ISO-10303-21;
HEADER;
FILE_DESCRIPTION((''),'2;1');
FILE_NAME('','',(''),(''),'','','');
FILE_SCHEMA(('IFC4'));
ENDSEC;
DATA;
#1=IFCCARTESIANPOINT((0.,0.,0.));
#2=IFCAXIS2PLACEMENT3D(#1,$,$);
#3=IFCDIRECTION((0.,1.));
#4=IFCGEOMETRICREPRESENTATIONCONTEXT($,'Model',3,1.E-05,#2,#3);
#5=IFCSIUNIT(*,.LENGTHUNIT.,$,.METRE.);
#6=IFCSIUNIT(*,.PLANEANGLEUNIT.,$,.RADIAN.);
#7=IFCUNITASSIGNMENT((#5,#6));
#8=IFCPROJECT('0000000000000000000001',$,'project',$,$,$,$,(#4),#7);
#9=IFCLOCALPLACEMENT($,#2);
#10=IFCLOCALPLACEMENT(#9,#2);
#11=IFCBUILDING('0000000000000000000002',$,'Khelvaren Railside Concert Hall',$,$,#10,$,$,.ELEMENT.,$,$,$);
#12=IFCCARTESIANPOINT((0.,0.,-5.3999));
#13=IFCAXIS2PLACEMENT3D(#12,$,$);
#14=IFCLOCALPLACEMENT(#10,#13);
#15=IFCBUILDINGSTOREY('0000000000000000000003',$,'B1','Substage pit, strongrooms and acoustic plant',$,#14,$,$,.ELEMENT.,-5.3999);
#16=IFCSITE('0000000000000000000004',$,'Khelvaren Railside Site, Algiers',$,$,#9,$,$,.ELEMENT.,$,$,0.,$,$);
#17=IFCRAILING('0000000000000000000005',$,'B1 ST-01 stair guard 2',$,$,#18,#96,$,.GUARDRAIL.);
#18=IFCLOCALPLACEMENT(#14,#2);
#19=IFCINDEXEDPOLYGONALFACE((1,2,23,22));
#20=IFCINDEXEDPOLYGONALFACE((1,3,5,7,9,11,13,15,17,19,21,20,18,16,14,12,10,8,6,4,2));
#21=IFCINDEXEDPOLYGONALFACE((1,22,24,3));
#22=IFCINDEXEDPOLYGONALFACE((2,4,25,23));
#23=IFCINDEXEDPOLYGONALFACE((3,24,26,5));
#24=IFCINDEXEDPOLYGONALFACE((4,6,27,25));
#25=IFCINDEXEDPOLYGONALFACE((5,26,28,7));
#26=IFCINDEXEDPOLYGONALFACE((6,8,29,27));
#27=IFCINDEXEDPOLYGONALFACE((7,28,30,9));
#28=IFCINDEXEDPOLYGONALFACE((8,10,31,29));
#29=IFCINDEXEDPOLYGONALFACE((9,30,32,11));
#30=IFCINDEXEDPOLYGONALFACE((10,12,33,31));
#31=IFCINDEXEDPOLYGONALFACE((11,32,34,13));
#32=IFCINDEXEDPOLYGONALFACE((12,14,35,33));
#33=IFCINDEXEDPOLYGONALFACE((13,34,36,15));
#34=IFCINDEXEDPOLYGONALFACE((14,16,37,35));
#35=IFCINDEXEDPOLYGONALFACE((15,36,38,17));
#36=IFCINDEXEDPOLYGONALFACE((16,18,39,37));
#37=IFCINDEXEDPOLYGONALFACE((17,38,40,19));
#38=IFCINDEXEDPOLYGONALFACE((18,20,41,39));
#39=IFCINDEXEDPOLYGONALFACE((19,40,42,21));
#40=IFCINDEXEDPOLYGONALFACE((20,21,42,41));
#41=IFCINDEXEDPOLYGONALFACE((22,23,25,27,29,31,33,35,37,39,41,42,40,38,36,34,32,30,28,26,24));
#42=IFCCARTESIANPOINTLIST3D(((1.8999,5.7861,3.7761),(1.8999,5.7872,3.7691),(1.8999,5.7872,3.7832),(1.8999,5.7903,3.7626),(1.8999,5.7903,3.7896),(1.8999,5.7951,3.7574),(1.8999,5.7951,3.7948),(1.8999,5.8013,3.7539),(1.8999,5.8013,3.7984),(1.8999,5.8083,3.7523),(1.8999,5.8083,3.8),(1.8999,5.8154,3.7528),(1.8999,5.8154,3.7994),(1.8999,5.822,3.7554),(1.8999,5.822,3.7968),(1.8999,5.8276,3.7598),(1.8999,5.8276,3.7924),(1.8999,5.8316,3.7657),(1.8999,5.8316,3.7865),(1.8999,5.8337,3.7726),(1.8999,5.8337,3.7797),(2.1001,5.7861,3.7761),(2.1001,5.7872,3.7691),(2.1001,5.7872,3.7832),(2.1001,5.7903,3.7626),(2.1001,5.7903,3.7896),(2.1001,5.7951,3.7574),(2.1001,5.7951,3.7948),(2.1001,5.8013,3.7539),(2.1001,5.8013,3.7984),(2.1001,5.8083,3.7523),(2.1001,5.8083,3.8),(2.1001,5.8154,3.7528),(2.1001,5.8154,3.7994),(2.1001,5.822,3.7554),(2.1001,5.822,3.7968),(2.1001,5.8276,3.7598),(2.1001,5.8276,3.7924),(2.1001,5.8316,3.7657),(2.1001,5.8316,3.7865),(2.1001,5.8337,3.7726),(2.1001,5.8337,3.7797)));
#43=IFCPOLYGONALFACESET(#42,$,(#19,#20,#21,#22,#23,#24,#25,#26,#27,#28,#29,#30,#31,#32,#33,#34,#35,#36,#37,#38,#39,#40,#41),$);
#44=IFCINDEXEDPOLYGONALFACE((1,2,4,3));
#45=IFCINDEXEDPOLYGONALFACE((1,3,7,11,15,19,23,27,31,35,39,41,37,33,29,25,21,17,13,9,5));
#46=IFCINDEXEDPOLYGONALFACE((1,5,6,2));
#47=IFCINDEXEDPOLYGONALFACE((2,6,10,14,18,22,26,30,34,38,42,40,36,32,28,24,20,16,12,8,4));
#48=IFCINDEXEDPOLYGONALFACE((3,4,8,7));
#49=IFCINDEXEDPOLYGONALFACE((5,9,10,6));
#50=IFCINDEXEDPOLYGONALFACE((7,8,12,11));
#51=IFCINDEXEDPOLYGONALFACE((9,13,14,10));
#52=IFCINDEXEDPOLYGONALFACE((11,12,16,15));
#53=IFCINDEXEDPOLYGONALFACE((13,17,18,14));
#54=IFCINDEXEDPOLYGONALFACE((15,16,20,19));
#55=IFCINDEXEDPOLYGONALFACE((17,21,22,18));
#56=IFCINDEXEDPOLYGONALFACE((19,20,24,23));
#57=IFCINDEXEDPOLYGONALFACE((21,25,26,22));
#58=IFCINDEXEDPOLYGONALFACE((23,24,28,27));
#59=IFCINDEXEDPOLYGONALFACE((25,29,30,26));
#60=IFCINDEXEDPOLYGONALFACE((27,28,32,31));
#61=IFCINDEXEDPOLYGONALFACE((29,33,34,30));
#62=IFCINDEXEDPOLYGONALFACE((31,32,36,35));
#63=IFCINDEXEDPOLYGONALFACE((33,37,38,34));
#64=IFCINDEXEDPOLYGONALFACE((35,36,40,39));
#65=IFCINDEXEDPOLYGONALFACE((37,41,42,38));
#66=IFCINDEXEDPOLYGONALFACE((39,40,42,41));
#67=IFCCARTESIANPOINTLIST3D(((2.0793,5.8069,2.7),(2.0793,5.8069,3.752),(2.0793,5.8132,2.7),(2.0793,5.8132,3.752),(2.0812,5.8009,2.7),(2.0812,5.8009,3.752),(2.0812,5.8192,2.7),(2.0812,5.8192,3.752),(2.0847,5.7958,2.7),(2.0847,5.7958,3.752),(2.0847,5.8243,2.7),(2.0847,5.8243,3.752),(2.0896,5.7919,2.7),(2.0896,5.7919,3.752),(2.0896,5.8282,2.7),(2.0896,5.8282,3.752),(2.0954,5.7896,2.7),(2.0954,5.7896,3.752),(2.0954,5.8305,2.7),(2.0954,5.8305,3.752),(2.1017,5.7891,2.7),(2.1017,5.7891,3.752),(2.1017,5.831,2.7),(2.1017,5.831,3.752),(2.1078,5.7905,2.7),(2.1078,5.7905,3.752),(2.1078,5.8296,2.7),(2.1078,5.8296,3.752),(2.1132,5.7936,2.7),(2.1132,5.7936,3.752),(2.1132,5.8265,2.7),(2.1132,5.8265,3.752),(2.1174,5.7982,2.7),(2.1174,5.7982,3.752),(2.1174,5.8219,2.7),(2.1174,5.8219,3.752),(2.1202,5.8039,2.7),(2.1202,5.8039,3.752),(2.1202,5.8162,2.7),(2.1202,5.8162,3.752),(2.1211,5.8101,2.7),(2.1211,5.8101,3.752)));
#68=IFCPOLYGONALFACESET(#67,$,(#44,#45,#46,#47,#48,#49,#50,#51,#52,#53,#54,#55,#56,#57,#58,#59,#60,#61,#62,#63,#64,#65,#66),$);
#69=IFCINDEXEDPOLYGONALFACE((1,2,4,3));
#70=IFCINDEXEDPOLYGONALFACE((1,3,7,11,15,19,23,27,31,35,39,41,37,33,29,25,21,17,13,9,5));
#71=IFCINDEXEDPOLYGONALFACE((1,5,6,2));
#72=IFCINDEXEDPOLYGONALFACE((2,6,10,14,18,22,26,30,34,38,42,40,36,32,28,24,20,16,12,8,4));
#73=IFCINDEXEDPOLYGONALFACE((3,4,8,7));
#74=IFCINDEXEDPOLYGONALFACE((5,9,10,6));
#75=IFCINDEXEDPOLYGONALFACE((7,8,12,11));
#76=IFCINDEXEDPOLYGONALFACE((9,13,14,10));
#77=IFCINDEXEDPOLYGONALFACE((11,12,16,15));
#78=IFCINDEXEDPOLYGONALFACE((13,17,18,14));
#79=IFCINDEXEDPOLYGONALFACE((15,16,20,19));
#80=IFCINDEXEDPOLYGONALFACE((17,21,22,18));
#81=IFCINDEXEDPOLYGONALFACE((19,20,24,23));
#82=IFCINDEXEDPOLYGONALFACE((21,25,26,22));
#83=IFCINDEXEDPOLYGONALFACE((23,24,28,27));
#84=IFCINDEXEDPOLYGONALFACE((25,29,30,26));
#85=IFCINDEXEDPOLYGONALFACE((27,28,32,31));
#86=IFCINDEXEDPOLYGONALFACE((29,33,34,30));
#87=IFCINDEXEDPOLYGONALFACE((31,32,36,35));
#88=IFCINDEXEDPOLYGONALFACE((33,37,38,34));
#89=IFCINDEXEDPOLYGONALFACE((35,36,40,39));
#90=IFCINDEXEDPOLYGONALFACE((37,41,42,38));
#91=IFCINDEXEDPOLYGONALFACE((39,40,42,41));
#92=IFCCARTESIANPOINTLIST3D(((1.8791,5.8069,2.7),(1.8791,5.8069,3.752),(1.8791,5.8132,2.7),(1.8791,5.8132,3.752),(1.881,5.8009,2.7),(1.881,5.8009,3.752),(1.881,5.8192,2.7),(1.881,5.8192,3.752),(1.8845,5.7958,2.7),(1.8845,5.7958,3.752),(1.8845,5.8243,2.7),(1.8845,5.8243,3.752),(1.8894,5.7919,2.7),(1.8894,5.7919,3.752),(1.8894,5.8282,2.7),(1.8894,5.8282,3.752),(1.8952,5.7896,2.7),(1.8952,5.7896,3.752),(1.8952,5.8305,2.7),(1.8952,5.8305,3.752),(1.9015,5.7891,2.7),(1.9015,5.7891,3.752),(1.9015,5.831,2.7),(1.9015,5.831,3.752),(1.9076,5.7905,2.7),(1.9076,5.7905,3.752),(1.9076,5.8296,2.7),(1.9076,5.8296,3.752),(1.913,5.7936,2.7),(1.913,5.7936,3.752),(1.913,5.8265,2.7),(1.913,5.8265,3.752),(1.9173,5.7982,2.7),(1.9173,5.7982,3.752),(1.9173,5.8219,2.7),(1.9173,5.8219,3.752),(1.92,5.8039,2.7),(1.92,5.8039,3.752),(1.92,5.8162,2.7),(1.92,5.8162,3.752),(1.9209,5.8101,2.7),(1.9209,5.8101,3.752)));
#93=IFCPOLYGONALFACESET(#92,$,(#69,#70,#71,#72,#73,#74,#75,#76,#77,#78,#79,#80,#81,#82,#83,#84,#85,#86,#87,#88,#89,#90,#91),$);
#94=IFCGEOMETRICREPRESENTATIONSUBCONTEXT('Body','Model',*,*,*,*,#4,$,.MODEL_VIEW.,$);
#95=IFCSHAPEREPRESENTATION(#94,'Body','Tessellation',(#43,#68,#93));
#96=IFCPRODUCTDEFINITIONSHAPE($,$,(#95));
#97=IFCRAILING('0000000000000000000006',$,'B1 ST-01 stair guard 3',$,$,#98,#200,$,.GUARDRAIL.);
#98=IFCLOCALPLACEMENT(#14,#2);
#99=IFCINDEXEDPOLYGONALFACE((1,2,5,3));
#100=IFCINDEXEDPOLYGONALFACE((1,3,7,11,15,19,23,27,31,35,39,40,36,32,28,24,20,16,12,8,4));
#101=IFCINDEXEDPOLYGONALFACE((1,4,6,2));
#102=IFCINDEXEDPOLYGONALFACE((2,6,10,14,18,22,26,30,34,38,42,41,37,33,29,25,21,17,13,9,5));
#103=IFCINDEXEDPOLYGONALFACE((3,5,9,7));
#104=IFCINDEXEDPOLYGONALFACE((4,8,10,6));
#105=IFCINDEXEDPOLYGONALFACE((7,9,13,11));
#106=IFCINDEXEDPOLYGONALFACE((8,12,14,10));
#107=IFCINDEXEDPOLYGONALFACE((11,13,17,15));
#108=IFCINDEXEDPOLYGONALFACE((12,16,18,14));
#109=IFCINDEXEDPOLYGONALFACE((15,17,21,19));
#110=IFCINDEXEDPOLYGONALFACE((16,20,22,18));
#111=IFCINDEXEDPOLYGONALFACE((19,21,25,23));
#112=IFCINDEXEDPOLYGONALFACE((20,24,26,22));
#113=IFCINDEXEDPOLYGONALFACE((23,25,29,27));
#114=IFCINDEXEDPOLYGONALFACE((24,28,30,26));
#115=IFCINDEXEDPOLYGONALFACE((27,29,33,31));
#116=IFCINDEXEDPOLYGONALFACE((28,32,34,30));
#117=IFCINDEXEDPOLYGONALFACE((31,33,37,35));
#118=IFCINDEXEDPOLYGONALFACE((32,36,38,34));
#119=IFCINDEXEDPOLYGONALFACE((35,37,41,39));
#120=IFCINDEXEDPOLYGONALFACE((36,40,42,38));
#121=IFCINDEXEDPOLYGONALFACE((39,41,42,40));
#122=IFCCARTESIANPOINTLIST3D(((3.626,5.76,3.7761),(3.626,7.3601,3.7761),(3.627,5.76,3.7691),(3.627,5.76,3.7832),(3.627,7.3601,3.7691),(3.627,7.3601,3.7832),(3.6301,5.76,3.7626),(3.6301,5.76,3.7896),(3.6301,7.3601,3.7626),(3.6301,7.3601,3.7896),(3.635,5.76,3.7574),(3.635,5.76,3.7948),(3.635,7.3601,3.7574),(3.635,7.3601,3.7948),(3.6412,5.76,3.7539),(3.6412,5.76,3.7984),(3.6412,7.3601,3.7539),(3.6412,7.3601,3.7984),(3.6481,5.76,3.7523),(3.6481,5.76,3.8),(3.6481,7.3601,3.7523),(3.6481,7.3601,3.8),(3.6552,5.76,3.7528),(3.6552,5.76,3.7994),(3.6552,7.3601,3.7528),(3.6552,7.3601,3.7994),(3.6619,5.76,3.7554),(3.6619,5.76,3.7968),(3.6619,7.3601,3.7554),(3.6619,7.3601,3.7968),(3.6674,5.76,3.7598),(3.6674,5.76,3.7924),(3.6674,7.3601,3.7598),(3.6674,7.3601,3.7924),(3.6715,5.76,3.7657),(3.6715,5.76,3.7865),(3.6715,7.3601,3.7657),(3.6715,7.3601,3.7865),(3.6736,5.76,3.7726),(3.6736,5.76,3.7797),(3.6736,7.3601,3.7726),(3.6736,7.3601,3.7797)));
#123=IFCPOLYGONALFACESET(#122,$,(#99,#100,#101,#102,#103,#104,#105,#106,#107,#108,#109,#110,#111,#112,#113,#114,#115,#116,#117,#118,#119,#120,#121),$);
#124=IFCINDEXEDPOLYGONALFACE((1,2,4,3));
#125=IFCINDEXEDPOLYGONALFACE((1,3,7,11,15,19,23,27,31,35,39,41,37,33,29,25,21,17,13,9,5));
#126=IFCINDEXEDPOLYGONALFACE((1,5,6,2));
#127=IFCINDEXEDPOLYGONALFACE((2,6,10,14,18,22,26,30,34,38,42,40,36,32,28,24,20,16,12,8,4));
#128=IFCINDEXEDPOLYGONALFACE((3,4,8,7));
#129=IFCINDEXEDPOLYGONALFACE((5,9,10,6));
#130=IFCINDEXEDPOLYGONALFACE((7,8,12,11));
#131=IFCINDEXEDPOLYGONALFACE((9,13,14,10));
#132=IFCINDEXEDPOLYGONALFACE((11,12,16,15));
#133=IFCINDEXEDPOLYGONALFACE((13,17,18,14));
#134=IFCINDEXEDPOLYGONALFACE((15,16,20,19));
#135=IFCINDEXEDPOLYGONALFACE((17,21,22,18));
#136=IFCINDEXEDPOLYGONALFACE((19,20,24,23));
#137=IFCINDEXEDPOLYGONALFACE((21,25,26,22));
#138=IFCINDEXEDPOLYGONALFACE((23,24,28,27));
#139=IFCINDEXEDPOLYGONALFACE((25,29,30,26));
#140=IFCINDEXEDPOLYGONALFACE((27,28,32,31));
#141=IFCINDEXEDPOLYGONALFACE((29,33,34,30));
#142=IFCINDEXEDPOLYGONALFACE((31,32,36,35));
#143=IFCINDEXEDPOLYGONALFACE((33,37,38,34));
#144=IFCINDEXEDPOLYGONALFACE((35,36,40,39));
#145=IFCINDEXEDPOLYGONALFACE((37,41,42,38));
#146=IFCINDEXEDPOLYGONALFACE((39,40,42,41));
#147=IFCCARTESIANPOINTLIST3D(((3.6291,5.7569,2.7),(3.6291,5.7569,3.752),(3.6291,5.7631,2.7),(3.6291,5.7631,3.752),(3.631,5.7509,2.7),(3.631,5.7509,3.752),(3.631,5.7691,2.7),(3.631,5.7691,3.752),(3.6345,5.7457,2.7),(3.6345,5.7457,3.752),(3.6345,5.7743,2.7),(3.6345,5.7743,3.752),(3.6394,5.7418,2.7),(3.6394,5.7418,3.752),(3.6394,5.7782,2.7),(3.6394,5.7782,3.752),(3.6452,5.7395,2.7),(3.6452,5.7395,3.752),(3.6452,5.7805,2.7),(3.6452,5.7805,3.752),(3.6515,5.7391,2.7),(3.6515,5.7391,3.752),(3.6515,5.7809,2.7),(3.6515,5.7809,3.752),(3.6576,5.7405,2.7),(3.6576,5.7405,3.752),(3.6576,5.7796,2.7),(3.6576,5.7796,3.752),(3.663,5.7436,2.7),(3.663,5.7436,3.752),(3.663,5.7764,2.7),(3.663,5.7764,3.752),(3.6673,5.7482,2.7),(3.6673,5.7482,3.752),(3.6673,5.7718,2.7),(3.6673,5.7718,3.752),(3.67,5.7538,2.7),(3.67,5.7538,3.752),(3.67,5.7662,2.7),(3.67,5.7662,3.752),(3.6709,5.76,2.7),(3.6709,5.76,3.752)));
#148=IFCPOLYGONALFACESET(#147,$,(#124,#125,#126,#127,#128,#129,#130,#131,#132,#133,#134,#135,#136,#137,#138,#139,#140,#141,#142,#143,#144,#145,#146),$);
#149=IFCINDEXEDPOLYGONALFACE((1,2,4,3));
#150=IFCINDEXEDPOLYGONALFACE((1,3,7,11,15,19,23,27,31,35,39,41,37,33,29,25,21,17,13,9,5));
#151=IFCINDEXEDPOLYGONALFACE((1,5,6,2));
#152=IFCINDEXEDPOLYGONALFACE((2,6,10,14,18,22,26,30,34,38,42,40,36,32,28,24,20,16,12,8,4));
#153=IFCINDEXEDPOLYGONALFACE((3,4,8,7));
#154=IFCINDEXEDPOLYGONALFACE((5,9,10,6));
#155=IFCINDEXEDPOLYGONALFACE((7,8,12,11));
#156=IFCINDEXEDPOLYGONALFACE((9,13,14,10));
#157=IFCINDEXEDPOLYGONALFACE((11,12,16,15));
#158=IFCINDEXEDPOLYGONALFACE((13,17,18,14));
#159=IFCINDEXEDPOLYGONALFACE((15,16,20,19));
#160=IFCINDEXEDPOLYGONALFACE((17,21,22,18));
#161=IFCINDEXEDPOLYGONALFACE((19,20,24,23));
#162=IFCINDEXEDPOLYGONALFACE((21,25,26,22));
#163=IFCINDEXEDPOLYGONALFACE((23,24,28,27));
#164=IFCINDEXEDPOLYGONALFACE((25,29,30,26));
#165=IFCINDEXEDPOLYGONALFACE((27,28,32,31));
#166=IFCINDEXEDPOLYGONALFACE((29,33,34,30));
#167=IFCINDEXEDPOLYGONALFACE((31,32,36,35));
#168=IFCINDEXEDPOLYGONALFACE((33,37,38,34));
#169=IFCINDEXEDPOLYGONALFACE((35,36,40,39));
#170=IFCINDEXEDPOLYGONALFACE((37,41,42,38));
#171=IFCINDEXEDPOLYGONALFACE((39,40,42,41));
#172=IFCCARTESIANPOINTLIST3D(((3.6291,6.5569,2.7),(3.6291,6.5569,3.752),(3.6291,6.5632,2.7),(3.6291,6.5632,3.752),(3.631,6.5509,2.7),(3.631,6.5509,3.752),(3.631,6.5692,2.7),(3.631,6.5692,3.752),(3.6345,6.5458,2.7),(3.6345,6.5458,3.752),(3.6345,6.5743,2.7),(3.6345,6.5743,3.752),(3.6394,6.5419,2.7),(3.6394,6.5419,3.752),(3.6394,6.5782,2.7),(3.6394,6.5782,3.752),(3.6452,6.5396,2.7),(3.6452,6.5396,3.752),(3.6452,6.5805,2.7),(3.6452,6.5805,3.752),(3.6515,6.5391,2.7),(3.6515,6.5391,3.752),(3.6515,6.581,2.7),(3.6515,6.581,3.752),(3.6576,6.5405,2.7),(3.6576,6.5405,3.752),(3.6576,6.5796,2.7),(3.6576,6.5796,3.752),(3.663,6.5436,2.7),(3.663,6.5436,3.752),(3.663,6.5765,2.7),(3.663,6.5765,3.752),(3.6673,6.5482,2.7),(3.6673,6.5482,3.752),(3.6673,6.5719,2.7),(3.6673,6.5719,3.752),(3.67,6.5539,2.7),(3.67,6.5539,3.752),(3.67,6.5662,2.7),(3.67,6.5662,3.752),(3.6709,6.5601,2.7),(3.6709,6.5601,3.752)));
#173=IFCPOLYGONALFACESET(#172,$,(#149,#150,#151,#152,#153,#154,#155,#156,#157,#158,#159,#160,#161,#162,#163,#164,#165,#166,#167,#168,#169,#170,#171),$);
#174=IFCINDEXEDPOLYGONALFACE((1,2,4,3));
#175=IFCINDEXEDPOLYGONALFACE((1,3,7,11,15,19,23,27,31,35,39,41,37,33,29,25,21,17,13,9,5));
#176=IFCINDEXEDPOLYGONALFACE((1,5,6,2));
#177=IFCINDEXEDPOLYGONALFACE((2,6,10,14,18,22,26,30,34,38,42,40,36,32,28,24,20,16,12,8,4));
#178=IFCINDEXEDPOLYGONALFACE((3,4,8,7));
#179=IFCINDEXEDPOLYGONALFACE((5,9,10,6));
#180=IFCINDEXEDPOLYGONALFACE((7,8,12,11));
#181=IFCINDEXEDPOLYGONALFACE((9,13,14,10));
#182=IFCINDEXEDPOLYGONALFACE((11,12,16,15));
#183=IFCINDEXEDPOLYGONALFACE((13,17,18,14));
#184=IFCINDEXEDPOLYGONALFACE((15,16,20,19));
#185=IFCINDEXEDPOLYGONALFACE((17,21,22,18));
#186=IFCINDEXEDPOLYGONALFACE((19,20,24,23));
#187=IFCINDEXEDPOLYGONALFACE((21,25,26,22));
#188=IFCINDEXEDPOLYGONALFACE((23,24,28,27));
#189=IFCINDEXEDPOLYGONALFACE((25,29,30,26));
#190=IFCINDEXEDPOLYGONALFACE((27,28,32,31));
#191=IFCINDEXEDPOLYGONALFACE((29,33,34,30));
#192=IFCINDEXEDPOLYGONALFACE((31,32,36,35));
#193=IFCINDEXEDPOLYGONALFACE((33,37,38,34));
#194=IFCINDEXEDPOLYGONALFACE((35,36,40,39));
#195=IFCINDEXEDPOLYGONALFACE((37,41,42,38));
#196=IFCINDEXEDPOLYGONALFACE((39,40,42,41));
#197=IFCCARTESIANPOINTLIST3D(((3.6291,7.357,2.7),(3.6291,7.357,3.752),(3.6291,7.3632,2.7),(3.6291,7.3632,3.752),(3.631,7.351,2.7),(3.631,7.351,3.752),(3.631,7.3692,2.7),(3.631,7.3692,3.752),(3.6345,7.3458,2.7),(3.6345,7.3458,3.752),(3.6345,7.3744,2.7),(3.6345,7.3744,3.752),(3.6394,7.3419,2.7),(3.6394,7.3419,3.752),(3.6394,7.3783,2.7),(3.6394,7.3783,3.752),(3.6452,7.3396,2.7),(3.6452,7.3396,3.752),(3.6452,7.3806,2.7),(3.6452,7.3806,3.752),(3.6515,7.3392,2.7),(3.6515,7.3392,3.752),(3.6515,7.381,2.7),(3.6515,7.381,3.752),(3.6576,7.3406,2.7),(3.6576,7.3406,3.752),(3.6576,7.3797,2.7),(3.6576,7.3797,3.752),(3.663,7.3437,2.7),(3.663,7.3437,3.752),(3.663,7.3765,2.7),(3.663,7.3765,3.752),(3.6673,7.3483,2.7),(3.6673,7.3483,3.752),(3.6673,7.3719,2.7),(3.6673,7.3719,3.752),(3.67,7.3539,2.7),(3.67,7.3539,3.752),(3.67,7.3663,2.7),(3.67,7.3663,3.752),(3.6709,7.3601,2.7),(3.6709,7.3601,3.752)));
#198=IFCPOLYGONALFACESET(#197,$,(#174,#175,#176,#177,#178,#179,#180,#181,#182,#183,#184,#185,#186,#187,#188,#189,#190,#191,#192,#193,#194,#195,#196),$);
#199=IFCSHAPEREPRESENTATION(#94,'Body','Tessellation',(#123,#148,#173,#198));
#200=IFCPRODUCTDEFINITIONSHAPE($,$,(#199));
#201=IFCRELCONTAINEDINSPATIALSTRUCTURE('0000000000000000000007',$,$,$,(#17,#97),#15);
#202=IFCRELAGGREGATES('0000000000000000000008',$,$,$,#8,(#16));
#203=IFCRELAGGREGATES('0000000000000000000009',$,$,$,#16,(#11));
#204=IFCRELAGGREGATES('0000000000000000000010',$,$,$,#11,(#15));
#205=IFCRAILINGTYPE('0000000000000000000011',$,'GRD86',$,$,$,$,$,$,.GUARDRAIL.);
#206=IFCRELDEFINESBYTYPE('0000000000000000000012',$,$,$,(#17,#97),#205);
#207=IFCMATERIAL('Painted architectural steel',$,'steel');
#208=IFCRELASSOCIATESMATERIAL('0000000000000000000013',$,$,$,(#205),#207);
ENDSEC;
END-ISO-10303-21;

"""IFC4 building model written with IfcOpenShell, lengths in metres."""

from ifc_helpers import new_model, si_unit, direction, frame, origin, origin_2d, place, context, subcontext, project, spatial, circle, extrude, material, type_object, element, save


model = new_model("IFC4")

# Units and contexts
model_context = context("Model", 3, precision=1e-05, world=origin(), true_north=direction((0.0, 1.0)))
body_context = subcontext(model_context, "Body", "Model", "MODEL_VIEW")
ifc_project = project(units=[si_unit("LENGTHUNIT", "METRE"), si_unit("PLANEANGLEUNIT", "RADIAN")], contexts=[model_context])

# Site, building, storey
site_placement = place(None, origin())
site = spatial("IfcSite", under=ifc_project, at=site_placement, Name="Khelvaren Railside Site, Algiers", CompositionType="ELEMENT", RefElevation=0.0)
building_placement = place(site_placement, origin())
building = spatial("IfcBuilding", under=site, at=building_placement, Name="Khelvaren Railside Concert Hall", CompositionType="ELEMENT")
storey_placement = place(building_placement, frame((0.0, 0.0, -5.3999)))
storey = spatial("IfcBuildingStorey", under=building, at=storey_placement, Name="B1", Description="Substage pit, strongrooms and acoustic plant", CompositionType="ELEMENT", Elevation=-5.3999)

# Railings
ifc_material_1 = material(Name="Painted architectural steel", Category="steel")
railing_type_1 = type_object("IfcRailingType", Name="GRD86", PredefinedType="GUARDRAIL", material=ifc_material_1)
railing_1_placement = place(storey_placement, frame((2.1001, 5.8101, 2.7)))
element("IfcRailing", 1, at=railing_1_placement, inside=storey, type_object=railing_type_1, Name="B1 ST-01 stair guard 2", PredefinedType="GUARDRAIL", context=body_context, shape_type="SweptSolid", body=[
    extrude(circle(Radius=0.0239, at=origin_2d()), frame((0.0, 0.0, 1.0762), z_axis=(-1.0, 0.0, 0.0), x_axis=(0.0, -1.0, 0.0)), (0.0, 0.0, 1.0), 0.2002),
    extrude(circle(Radius=0.021, at=origin_2d()), origin(), (0.0, 0.0, 1.0), 1.052),
    extrude(circle(Radius=0.021, at=origin_2d()), frame((-0.2002, 0.0, 0.0)), (0.0, 0.0, 1.0), 1.052),
])
railing_2_placement = place(storey_placement, frame((3.6499, 5.76, 2.7)))
element("IfcRailing", 2, at=railing_2_placement, inside=storey, type_object=railing_type_1, Name="B1 ST-01 stair guard 3", PredefinedType="GUARDRAIL", context=body_context, shape_type="SweptSolid", body=[
    extrude(circle(Radius=0.0239, at=origin_2d()), frame((0.0, 0.0, 1.0762), z_axis=(0.0, 1.0, 0.0), x_axis=(-1.0, 0.0, 0.0)), (0.0, 0.0, 1.0), 1.6001),
    extrude(circle(Radius=0.021, at=origin_2d()), origin(), (0.0, 0.0, 1.0), 1.052),
    extrude(circle(Radius=0.021, at=origin_2d()), frame((0.0, 0.8, 0.0)), (0.0, 0.0, 1.0), 1.052),
    extrude(circle(Radius=0.021, at=origin_2d()), frame((0.0, 1.6001, 0.0)), (0.0, 0.0, 1.0), 1.052),
])

save(model, "model.ifc")
